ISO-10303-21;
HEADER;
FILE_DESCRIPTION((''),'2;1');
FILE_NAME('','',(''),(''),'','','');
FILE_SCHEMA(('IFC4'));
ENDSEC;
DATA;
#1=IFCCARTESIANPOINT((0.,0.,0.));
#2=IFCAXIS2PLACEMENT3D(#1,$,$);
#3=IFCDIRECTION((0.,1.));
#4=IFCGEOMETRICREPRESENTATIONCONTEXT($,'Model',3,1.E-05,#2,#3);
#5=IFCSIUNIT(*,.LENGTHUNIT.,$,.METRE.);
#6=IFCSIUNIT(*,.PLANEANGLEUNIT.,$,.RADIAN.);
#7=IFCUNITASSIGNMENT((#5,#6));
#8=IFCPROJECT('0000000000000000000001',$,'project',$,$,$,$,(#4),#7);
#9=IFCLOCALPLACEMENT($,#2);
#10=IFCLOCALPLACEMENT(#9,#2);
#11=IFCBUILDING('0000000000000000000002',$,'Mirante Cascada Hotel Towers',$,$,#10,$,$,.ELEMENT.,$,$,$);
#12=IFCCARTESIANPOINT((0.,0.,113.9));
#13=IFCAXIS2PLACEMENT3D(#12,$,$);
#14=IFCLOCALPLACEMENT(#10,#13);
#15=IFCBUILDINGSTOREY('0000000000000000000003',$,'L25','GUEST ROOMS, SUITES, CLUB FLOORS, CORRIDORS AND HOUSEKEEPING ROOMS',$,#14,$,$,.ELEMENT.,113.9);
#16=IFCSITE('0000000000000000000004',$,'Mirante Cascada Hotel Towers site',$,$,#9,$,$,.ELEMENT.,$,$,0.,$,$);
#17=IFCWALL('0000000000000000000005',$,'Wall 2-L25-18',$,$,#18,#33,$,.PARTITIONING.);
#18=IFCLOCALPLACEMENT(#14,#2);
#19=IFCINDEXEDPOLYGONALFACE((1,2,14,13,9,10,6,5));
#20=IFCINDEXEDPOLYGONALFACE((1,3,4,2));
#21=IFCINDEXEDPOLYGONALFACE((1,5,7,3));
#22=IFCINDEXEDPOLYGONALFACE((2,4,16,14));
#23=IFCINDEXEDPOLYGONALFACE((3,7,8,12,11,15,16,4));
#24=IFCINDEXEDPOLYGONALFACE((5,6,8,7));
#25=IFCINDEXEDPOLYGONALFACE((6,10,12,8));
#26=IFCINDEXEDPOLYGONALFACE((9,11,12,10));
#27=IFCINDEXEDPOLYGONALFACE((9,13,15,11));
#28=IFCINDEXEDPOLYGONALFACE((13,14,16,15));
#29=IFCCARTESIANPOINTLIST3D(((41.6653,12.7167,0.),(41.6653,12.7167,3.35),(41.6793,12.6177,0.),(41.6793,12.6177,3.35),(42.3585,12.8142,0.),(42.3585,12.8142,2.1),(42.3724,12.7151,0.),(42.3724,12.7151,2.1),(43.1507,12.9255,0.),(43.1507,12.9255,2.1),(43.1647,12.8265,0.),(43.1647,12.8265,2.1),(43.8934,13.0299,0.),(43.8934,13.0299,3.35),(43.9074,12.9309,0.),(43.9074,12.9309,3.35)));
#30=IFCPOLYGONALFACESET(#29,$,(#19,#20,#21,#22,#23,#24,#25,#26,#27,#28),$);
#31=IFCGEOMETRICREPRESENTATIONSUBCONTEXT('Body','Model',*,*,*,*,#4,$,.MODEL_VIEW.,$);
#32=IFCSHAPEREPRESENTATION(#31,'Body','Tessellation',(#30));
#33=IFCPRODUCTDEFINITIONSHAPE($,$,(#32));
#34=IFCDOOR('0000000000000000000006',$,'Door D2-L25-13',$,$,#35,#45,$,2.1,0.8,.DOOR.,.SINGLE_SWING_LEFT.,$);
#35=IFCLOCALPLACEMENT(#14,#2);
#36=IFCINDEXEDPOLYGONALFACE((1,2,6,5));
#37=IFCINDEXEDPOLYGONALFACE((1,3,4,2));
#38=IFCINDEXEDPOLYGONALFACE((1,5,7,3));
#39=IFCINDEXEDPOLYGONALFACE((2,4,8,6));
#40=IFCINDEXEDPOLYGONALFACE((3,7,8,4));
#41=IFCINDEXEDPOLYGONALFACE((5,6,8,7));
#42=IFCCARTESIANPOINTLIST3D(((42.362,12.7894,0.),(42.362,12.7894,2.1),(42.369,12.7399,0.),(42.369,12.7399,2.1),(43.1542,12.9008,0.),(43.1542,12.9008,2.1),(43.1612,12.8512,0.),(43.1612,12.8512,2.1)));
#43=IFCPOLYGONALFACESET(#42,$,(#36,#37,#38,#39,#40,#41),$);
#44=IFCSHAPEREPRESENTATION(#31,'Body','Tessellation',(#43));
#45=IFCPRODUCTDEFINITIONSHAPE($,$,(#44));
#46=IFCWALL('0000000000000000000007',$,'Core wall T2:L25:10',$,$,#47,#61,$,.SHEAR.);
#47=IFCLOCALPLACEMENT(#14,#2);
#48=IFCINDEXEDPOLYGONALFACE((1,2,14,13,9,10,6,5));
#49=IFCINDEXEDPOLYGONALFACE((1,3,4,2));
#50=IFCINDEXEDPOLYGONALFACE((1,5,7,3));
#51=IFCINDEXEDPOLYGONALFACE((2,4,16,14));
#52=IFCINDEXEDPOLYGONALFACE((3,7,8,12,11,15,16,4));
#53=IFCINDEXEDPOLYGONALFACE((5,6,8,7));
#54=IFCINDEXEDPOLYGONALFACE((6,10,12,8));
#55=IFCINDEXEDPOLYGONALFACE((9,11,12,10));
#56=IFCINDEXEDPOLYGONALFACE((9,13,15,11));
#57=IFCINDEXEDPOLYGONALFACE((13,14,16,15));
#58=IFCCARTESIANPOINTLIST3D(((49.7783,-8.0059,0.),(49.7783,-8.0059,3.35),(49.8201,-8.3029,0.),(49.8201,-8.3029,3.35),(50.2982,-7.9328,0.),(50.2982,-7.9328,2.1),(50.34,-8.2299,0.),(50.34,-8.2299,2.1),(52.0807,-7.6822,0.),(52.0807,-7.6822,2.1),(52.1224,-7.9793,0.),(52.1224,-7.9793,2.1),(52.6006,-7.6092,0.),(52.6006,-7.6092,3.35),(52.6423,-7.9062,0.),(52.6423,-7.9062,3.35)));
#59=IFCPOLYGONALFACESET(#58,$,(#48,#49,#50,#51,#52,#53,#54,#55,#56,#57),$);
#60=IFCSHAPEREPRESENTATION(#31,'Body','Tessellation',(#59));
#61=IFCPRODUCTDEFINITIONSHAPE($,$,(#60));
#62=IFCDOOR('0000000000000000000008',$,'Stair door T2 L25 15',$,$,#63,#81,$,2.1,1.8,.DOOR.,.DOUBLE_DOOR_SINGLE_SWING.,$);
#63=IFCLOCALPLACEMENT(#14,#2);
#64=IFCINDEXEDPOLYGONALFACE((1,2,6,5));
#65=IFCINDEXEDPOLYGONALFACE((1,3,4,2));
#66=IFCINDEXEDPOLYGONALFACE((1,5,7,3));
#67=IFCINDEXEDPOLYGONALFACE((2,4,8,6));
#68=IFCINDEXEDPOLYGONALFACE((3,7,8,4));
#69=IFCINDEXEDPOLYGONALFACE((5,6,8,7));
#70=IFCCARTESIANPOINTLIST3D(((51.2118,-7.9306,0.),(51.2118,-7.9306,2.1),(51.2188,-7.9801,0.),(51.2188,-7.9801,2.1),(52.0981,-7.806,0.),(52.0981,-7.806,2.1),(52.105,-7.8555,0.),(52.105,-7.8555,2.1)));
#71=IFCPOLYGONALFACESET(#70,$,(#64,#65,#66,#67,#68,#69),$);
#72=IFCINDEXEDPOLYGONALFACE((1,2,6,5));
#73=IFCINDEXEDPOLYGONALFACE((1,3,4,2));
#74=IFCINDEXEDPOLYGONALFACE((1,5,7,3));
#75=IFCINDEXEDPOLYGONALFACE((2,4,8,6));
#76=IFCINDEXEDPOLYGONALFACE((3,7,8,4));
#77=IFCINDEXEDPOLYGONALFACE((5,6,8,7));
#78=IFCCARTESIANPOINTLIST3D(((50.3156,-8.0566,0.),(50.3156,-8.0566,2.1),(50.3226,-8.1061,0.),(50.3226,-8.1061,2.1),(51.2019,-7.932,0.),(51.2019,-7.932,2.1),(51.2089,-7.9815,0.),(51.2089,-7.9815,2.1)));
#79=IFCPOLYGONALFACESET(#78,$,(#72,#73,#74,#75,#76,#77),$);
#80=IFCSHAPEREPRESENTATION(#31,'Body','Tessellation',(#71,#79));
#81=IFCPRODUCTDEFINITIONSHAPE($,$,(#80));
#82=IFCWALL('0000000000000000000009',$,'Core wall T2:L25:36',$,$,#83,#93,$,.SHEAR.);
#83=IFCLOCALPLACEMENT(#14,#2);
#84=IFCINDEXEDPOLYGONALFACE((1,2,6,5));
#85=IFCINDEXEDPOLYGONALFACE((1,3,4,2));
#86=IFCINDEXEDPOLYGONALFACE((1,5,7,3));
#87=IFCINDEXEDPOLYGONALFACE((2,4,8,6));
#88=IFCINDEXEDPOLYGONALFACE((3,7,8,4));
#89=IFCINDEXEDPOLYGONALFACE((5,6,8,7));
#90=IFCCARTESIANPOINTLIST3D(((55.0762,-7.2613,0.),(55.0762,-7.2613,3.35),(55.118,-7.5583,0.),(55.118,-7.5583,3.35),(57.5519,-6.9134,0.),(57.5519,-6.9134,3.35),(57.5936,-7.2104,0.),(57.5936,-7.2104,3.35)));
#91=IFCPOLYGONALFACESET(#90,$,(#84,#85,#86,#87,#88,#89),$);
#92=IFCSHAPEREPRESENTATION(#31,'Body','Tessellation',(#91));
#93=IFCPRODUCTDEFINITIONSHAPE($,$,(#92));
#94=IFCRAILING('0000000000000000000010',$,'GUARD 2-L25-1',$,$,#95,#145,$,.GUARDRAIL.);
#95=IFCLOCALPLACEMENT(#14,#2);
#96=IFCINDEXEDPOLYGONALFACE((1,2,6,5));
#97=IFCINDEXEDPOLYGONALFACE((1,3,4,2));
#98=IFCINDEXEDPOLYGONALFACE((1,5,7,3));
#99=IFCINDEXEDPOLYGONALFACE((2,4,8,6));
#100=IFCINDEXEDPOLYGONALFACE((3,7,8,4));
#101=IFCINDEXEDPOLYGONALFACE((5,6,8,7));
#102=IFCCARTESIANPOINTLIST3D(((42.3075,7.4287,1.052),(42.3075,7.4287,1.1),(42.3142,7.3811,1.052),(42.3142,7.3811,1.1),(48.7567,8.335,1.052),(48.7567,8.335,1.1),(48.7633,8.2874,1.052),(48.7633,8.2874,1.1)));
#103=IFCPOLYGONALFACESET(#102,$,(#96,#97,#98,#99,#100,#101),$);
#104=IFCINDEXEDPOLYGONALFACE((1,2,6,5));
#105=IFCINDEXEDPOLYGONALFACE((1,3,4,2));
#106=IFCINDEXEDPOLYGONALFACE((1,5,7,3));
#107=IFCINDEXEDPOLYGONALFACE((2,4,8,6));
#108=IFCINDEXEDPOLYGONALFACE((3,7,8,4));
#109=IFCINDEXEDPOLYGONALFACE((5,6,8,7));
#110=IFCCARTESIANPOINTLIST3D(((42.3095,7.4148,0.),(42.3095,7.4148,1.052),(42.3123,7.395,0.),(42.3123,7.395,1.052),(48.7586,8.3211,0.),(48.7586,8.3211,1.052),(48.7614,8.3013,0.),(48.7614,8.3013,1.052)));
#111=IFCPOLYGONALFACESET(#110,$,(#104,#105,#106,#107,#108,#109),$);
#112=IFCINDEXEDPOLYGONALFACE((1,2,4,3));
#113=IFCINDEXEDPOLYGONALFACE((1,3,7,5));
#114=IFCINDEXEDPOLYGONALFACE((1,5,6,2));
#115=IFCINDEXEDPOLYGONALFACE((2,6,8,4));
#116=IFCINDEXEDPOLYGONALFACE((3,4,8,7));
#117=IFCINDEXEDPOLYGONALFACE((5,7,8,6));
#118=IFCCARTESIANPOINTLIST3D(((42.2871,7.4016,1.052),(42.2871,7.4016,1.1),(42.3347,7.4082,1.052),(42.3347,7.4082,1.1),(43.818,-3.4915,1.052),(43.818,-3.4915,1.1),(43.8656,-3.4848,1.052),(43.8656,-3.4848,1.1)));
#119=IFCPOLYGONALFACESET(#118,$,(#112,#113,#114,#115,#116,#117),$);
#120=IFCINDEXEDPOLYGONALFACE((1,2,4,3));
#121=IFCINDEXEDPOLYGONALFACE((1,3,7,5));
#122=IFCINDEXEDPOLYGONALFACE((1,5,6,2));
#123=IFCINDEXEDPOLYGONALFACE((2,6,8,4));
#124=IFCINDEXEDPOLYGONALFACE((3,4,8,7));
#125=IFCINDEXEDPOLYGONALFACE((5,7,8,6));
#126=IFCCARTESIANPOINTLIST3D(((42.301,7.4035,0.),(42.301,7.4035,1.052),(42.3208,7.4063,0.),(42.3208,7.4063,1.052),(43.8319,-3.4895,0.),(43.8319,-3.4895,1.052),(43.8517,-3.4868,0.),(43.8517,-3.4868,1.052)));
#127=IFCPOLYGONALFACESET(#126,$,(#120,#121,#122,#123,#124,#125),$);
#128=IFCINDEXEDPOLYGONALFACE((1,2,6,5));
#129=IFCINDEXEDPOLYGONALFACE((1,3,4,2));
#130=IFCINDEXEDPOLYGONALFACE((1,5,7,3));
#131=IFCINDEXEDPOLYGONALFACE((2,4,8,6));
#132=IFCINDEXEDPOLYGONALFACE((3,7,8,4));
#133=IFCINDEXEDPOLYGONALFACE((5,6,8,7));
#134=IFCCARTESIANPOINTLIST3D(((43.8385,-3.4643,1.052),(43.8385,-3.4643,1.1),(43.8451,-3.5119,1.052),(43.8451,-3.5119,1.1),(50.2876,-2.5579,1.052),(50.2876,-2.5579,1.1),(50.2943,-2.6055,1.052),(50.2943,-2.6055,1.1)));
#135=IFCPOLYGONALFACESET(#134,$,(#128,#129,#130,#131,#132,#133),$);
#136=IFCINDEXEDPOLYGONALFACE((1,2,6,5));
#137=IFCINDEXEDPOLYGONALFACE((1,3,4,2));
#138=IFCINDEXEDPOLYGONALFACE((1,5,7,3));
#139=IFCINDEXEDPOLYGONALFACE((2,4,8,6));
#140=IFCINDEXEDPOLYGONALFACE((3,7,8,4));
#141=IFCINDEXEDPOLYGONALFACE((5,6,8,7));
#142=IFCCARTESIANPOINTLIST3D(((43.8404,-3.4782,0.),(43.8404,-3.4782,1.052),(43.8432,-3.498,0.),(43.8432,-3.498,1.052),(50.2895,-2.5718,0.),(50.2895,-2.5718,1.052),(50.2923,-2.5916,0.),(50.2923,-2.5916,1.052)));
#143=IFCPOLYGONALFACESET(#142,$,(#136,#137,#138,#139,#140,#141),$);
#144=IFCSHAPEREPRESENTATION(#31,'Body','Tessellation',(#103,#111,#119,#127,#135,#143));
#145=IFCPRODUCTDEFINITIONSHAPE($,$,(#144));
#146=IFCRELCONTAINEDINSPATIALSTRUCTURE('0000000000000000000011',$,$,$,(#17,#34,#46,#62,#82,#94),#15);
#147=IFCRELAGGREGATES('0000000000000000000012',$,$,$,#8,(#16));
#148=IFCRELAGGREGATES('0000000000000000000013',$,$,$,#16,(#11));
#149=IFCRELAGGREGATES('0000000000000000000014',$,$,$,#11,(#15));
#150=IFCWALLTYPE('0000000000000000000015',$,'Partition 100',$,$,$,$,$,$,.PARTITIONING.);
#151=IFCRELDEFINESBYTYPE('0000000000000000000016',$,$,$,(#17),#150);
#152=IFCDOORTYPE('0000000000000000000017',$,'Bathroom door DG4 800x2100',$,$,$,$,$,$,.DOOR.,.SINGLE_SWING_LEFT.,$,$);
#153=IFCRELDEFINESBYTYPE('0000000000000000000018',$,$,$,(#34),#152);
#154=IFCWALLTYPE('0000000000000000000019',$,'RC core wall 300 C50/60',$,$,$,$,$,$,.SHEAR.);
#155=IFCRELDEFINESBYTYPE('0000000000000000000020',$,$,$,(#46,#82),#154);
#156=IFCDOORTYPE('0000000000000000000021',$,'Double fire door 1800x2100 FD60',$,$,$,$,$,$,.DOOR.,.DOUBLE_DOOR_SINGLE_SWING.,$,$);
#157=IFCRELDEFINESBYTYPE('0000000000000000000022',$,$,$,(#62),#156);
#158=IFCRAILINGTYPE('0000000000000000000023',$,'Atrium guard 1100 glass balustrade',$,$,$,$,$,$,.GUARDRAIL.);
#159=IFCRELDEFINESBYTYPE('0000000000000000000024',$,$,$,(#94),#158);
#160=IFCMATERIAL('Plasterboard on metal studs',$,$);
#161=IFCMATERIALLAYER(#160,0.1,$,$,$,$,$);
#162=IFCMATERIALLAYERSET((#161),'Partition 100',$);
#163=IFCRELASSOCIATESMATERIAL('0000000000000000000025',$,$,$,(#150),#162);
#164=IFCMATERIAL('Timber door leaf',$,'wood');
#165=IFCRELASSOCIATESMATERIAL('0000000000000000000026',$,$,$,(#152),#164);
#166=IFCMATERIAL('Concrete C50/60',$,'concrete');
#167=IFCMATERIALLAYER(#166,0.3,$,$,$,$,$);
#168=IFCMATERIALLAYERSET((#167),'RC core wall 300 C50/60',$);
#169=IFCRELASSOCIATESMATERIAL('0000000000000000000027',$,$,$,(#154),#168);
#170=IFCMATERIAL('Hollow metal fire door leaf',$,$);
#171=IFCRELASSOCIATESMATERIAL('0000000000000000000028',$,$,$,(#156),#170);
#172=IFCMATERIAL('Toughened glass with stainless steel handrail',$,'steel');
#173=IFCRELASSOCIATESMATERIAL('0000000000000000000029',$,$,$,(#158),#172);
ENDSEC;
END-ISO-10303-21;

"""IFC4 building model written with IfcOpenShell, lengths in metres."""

from ifc_helpers import new_model, si_unit, direction, frame, frame_2d, origin, origin_2d, place, context, subcontext, project, spatial, rectangle, extrude, material, layer, layer_set, type_object, element, fill, save


model = new_model("IFC4")

# Units and contexts
model_context = context("Model", 3, precision=1e-05, world=origin(), true_north=direction((0.0, 1.0)))
body_context = subcontext(model_context, "Body", "Model", "MODEL_VIEW")
ifc_project = project(units=[si_unit("LENGTHUNIT", "METRE"), si_unit("PLANEANGLEUNIT", "RADIAN")], contexts=[model_context])

# Site, building, storey
site_placement = place(None, origin())
site = spatial("IfcSite", under=ifc_project, at=site_placement, Name="Mirante Cascada Hotel Towers site", CompositionType="ELEMENT", RefElevation=0.0)
building_placement = place(site_placement, origin())
building = spatial("IfcBuilding", under=site, at=building_placement, Name="Mirante Cascada Hotel Towers", CompositionType="ELEMENT")
storey_placement = place(building_placement, frame((0.0, 0.0, 113.9)))
storey = spatial("IfcBuildingStorey", under=building, at=storey_placement, Name="L25", Description="GUEST ROOMS, SUITES, CLUB FLOORS, CORRIDORS AND HOUSEKEEPING ROOMS", CompositionType="ELEMENT", Elevation=113.9)

# Shared definitions
ifc_material_1 = material(Name="Plasterboard on metal studs")
ifc_layer_1 = layer(ifc_material_1, 0.1)
ifc_layer_set_1 = layer_set([ifc_layer_1], Name="Partition 100")
wall_type_1 = type_object("IfcWallType", Name="Partition 100", PredefinedType="PARTITIONING", material=ifc_layer_set_1)

# Walls, openings, doors
wall_1_placement = place(storey_placement, frame((41.6723, 12.6672, 0.0), z_axis=(0.0, 0.0, 1.0), x_axis=(0.990264, 0.1392, 0.0)))
wall_1 = element("IfcWall", 1, at=wall_1_placement, inside=storey, type_object=wall_type_1, Name="Wall 2-L25-18", PredefinedType="PARTITIONING", context=body_context, shape_type="SweptSolid", body=[
    extrude(rectangle(XDim=2.25, YDim=0.1, at=frame_2d((1.125, 0.0))), origin(), (0.0, 0.0, 1.0), 3.35),
])
opening_1_placement = place(wall_1_placement, frame((0.7, 0.0, 0.0)))
opening_1 = element("IfcOpeningElement", 2, at=opening_1_placement, cuts=wall_1, PredefinedType="OPENING", context=body_context, shape_type="SweptSolid", body=[
    extrude(rectangle(XDim=0.8, YDim=2.1, at=frame_2d((0.4, 1.05))), frame((0.0, 0.05, 0.0), z_axis=(0.0, -1.0, 0.0), x_axis=(1.0, 0.0, 0.0)), (0.0, 0.0, 1.0), 0.1),
])
ifc_material_2 = material(Name="Timber door leaf", Category="wood")
door_type_1 = type_object("IfcDoorType", Name="Bathroom door DG4 800x2100", OperationType="SINGLE_SWING_LEFT", PredefinedType="DOOR", material=ifc_material_2)
door_1_placement = place(opening_1_placement, origin())
door_1 = element("IfcDoor", 3, at=door_1_placement, inside=storey, type_object=door_type_1, Name="Door D2-L25-13", OperationType="SINGLE_SWING_LEFT", OverallHeight=2.1, OverallWidth=0.8, PredefinedType="DOOR", context=body_context, shape_type="SweptSolid", body=[
    extrude(rectangle(XDim=0.8, YDim=2.1, at=frame_2d((0.4, 1.05))), frame((0.0, 0.025, 0.0), z_axis=(0.0, -1.0, 0.0), x_axis=(1.0, 0.0, 0.0)), (0.0, 0.0, 1.0), 0.05),
])
fill(opening_1, door_1)
ifc_material_3 = material(Name="Concrete C50/60", Category="concrete")
ifc_layer_2 = layer(ifc_material_3, 0.3)
ifc_layer_set_2 = layer_set([ifc_layer_2], Name="RC core wall 300 C50/60")
wall_type_2 = type_object("IfcWallType", Name="RC core wall 300 C50/60", PredefinedType="SHEAR", material=ifc_layer_set_2)
wall_2_placement = place(storey_placement, frame((49.7992, -8.1544, 0.0), z_axis=(0.0, 0.0, 1.0), x_axis=(0.990266, 0.139191, 0.0)))
wall_2 = element("IfcWall", 4, at=wall_2_placement, inside=storey, type_object=wall_type_2, Name="Core wall T2:L25:10", PredefinedType="SHEAR", context=body_context, shape_type="SweptSolid", body=[
    extrude(rectangle(XDim=2.85, YDim=0.3, at=frame_2d((1.425, 0.0))), origin(), (0.0, 0.0, 1.0), 3.35),
])
opening_2_placement = place(wall_2_placement, frame((0.525, 0.0, 0.0)))
opening_2 = element("IfcOpeningElement", 5, at=opening_2_placement, cuts=wall_2, PredefinedType="OPENING", context=body_context, shape_type="SweptSolid", body=[
    extrude(rectangle(XDim=1.8, YDim=2.1, at=frame_2d((0.9, 1.05))), frame((0.0, 0.15, 0.0), z_axis=(0.0, -1.0, 0.0), x_axis=(1.0, 0.0, 0.0)), (0.0, 0.0, 1.0), 0.3),
])
ifc_material_4 = material(Name="Hollow metal fire door leaf")
door_type_2 = type_object("IfcDoorType", Name="Double fire door 1800x2100 FD60", OperationType="DOUBLE_DOOR_SINGLE_SWING", PredefinedType="DOOR", material=ifc_material_4)
door_2_placement = place(opening_2_placement, frame((1.8, 0.0, 0.0), z_axis=(0.0, 0.0, 1.0), x_axis=(-1.0, 0.0, 0.0)))
door_2 = element("IfcDoor", 6, at=door_2_placement, inside=storey, type_object=door_type_2, Name="Stair door T2 L25 15", OperationType="DOUBLE_DOOR_SINGLE_SWING", OverallHeight=2.1, OverallWidth=1.8, PredefinedType="DOOR", context=body_context, shape_type="SweptSolid", body=[
    extrude(rectangle(XDim=0.895, YDim=2.1, at=frame_2d((0.4475, 1.05))), frame((0.0, 0.025, 0.0), z_axis=(0.0, -1.0, 0.0), x_axis=(1.0, 0.0, 0.0)), (0.0, 0.0, 1.0), 0.05),
    extrude(rectangle(XDim=0.895, YDim=2.1, at=frame_2d((1.3525, 1.05))), frame((0.0, 0.025, 0.0), z_axis=(0.0, -1.0, 0.0), x_axis=(1.0, 0.0, 0.0)), (0.0, 0.0, 1.0), 0.05),
])
fill(opening_2, door_2)

# Wall
wall_3_placement = place(storey_placement, frame((55.0971, -7.4098, 0.0), z_axis=(0.0, 0.0, 1.0), x_axis=(0.99027, 0.139159, 0.0)))
element("IfcWall", 7, at=wall_3_placement, inside=storey, type_object=wall_type_2, Name="Core wall T2:L25:36", PredefinedType="SHEAR", context=body_context, shape_type="SweptSolid", body=[
    extrude(rectangle(XDim=2.5, YDim=0.3, at=frame_2d((1.25, 0.0))), origin(), (0.0, 0.0, 1.0), 3.35),
])

# Railing
ifc_material_5 = material(Name="Toughened glass with stainless steel handrail", Category="steel")
railing_type = type_object("IfcRailingType", Name="Atrium guard 1100 glass balustrade", PredefinedType="GUARDRAIL", material=ifc_material_5)
railing_1_placement = place(storey_placement, frame((48.76, 8.3112, 0.0)))
element("IfcRailing", 8, at=railing_1_placement, inside=storey, type_object=railing_type, Name="GUARD 2-L25-1", PredefinedType="GUARDRAIL", context=body_context, shape_type="SweptSolid", body=[
    extrude(rectangle(XDim=0.048, YDim=0.048, at=origin_2d()), frame((0.0, 0.0, 1.076), z_axis=(-0.990269, -0.139164, 0.0), x_axis=(0.139164, -0.990269, 0.0)), (0.0, 0.0, 1.0), 6.5125),
    extrude(rectangle(XDim=0.02, YDim=1.052, at=origin_2d()), frame((0.0, 0.0, 0.526), z_axis=(-0.990269, -0.139164, 0.0), x_axis=(0.139164, -0.990269, 0.0)), (0.0, 0.0, 1.0), 6.5125),
    extrude(rectangle(XDim=0.048, YDim=0.048, at=origin_2d()), frame((-6.4491, -0.9063, 1.076), z_axis=(0.139172, -0.990268, 0.0), x_axis=(0.990268, 0.139172, 0.0)), (0.0, 0.0, 1.0), 11.0001),
    extrude(rectangle(XDim=0.02, YDim=1.052, at=origin_2d()), frame((-6.4491, -0.9063, 0.526), z_axis=(0.139172, -0.990268, 0.0), x_axis=(0.990268, 0.139172, 0.0)), (0.0, 0.0, 1.0), 11.0001),
    extrude(rectangle(XDim=0.048, YDim=0.048, at=origin_2d()), frame((-4.9182, -11.7993, 1.076), z_axis=(0.990267, 0.139179, 0.0), x_axis=(-0.139179, 0.990267, 0.0)), (0.0, 0.0, 1.0), 6.5125),
    extrude(rectangle(XDim=0.02, YDim=1.052, at=origin_2d()), frame((-4.9182, -11.7993, 0.526), z_axis=(0.990267, 0.139179, 0.0), x_axis=(-0.139179, 0.990267, 0.0)), (0.0, 0.0, 1.0), 6.5125),
])

save(model, "model.ifc")
